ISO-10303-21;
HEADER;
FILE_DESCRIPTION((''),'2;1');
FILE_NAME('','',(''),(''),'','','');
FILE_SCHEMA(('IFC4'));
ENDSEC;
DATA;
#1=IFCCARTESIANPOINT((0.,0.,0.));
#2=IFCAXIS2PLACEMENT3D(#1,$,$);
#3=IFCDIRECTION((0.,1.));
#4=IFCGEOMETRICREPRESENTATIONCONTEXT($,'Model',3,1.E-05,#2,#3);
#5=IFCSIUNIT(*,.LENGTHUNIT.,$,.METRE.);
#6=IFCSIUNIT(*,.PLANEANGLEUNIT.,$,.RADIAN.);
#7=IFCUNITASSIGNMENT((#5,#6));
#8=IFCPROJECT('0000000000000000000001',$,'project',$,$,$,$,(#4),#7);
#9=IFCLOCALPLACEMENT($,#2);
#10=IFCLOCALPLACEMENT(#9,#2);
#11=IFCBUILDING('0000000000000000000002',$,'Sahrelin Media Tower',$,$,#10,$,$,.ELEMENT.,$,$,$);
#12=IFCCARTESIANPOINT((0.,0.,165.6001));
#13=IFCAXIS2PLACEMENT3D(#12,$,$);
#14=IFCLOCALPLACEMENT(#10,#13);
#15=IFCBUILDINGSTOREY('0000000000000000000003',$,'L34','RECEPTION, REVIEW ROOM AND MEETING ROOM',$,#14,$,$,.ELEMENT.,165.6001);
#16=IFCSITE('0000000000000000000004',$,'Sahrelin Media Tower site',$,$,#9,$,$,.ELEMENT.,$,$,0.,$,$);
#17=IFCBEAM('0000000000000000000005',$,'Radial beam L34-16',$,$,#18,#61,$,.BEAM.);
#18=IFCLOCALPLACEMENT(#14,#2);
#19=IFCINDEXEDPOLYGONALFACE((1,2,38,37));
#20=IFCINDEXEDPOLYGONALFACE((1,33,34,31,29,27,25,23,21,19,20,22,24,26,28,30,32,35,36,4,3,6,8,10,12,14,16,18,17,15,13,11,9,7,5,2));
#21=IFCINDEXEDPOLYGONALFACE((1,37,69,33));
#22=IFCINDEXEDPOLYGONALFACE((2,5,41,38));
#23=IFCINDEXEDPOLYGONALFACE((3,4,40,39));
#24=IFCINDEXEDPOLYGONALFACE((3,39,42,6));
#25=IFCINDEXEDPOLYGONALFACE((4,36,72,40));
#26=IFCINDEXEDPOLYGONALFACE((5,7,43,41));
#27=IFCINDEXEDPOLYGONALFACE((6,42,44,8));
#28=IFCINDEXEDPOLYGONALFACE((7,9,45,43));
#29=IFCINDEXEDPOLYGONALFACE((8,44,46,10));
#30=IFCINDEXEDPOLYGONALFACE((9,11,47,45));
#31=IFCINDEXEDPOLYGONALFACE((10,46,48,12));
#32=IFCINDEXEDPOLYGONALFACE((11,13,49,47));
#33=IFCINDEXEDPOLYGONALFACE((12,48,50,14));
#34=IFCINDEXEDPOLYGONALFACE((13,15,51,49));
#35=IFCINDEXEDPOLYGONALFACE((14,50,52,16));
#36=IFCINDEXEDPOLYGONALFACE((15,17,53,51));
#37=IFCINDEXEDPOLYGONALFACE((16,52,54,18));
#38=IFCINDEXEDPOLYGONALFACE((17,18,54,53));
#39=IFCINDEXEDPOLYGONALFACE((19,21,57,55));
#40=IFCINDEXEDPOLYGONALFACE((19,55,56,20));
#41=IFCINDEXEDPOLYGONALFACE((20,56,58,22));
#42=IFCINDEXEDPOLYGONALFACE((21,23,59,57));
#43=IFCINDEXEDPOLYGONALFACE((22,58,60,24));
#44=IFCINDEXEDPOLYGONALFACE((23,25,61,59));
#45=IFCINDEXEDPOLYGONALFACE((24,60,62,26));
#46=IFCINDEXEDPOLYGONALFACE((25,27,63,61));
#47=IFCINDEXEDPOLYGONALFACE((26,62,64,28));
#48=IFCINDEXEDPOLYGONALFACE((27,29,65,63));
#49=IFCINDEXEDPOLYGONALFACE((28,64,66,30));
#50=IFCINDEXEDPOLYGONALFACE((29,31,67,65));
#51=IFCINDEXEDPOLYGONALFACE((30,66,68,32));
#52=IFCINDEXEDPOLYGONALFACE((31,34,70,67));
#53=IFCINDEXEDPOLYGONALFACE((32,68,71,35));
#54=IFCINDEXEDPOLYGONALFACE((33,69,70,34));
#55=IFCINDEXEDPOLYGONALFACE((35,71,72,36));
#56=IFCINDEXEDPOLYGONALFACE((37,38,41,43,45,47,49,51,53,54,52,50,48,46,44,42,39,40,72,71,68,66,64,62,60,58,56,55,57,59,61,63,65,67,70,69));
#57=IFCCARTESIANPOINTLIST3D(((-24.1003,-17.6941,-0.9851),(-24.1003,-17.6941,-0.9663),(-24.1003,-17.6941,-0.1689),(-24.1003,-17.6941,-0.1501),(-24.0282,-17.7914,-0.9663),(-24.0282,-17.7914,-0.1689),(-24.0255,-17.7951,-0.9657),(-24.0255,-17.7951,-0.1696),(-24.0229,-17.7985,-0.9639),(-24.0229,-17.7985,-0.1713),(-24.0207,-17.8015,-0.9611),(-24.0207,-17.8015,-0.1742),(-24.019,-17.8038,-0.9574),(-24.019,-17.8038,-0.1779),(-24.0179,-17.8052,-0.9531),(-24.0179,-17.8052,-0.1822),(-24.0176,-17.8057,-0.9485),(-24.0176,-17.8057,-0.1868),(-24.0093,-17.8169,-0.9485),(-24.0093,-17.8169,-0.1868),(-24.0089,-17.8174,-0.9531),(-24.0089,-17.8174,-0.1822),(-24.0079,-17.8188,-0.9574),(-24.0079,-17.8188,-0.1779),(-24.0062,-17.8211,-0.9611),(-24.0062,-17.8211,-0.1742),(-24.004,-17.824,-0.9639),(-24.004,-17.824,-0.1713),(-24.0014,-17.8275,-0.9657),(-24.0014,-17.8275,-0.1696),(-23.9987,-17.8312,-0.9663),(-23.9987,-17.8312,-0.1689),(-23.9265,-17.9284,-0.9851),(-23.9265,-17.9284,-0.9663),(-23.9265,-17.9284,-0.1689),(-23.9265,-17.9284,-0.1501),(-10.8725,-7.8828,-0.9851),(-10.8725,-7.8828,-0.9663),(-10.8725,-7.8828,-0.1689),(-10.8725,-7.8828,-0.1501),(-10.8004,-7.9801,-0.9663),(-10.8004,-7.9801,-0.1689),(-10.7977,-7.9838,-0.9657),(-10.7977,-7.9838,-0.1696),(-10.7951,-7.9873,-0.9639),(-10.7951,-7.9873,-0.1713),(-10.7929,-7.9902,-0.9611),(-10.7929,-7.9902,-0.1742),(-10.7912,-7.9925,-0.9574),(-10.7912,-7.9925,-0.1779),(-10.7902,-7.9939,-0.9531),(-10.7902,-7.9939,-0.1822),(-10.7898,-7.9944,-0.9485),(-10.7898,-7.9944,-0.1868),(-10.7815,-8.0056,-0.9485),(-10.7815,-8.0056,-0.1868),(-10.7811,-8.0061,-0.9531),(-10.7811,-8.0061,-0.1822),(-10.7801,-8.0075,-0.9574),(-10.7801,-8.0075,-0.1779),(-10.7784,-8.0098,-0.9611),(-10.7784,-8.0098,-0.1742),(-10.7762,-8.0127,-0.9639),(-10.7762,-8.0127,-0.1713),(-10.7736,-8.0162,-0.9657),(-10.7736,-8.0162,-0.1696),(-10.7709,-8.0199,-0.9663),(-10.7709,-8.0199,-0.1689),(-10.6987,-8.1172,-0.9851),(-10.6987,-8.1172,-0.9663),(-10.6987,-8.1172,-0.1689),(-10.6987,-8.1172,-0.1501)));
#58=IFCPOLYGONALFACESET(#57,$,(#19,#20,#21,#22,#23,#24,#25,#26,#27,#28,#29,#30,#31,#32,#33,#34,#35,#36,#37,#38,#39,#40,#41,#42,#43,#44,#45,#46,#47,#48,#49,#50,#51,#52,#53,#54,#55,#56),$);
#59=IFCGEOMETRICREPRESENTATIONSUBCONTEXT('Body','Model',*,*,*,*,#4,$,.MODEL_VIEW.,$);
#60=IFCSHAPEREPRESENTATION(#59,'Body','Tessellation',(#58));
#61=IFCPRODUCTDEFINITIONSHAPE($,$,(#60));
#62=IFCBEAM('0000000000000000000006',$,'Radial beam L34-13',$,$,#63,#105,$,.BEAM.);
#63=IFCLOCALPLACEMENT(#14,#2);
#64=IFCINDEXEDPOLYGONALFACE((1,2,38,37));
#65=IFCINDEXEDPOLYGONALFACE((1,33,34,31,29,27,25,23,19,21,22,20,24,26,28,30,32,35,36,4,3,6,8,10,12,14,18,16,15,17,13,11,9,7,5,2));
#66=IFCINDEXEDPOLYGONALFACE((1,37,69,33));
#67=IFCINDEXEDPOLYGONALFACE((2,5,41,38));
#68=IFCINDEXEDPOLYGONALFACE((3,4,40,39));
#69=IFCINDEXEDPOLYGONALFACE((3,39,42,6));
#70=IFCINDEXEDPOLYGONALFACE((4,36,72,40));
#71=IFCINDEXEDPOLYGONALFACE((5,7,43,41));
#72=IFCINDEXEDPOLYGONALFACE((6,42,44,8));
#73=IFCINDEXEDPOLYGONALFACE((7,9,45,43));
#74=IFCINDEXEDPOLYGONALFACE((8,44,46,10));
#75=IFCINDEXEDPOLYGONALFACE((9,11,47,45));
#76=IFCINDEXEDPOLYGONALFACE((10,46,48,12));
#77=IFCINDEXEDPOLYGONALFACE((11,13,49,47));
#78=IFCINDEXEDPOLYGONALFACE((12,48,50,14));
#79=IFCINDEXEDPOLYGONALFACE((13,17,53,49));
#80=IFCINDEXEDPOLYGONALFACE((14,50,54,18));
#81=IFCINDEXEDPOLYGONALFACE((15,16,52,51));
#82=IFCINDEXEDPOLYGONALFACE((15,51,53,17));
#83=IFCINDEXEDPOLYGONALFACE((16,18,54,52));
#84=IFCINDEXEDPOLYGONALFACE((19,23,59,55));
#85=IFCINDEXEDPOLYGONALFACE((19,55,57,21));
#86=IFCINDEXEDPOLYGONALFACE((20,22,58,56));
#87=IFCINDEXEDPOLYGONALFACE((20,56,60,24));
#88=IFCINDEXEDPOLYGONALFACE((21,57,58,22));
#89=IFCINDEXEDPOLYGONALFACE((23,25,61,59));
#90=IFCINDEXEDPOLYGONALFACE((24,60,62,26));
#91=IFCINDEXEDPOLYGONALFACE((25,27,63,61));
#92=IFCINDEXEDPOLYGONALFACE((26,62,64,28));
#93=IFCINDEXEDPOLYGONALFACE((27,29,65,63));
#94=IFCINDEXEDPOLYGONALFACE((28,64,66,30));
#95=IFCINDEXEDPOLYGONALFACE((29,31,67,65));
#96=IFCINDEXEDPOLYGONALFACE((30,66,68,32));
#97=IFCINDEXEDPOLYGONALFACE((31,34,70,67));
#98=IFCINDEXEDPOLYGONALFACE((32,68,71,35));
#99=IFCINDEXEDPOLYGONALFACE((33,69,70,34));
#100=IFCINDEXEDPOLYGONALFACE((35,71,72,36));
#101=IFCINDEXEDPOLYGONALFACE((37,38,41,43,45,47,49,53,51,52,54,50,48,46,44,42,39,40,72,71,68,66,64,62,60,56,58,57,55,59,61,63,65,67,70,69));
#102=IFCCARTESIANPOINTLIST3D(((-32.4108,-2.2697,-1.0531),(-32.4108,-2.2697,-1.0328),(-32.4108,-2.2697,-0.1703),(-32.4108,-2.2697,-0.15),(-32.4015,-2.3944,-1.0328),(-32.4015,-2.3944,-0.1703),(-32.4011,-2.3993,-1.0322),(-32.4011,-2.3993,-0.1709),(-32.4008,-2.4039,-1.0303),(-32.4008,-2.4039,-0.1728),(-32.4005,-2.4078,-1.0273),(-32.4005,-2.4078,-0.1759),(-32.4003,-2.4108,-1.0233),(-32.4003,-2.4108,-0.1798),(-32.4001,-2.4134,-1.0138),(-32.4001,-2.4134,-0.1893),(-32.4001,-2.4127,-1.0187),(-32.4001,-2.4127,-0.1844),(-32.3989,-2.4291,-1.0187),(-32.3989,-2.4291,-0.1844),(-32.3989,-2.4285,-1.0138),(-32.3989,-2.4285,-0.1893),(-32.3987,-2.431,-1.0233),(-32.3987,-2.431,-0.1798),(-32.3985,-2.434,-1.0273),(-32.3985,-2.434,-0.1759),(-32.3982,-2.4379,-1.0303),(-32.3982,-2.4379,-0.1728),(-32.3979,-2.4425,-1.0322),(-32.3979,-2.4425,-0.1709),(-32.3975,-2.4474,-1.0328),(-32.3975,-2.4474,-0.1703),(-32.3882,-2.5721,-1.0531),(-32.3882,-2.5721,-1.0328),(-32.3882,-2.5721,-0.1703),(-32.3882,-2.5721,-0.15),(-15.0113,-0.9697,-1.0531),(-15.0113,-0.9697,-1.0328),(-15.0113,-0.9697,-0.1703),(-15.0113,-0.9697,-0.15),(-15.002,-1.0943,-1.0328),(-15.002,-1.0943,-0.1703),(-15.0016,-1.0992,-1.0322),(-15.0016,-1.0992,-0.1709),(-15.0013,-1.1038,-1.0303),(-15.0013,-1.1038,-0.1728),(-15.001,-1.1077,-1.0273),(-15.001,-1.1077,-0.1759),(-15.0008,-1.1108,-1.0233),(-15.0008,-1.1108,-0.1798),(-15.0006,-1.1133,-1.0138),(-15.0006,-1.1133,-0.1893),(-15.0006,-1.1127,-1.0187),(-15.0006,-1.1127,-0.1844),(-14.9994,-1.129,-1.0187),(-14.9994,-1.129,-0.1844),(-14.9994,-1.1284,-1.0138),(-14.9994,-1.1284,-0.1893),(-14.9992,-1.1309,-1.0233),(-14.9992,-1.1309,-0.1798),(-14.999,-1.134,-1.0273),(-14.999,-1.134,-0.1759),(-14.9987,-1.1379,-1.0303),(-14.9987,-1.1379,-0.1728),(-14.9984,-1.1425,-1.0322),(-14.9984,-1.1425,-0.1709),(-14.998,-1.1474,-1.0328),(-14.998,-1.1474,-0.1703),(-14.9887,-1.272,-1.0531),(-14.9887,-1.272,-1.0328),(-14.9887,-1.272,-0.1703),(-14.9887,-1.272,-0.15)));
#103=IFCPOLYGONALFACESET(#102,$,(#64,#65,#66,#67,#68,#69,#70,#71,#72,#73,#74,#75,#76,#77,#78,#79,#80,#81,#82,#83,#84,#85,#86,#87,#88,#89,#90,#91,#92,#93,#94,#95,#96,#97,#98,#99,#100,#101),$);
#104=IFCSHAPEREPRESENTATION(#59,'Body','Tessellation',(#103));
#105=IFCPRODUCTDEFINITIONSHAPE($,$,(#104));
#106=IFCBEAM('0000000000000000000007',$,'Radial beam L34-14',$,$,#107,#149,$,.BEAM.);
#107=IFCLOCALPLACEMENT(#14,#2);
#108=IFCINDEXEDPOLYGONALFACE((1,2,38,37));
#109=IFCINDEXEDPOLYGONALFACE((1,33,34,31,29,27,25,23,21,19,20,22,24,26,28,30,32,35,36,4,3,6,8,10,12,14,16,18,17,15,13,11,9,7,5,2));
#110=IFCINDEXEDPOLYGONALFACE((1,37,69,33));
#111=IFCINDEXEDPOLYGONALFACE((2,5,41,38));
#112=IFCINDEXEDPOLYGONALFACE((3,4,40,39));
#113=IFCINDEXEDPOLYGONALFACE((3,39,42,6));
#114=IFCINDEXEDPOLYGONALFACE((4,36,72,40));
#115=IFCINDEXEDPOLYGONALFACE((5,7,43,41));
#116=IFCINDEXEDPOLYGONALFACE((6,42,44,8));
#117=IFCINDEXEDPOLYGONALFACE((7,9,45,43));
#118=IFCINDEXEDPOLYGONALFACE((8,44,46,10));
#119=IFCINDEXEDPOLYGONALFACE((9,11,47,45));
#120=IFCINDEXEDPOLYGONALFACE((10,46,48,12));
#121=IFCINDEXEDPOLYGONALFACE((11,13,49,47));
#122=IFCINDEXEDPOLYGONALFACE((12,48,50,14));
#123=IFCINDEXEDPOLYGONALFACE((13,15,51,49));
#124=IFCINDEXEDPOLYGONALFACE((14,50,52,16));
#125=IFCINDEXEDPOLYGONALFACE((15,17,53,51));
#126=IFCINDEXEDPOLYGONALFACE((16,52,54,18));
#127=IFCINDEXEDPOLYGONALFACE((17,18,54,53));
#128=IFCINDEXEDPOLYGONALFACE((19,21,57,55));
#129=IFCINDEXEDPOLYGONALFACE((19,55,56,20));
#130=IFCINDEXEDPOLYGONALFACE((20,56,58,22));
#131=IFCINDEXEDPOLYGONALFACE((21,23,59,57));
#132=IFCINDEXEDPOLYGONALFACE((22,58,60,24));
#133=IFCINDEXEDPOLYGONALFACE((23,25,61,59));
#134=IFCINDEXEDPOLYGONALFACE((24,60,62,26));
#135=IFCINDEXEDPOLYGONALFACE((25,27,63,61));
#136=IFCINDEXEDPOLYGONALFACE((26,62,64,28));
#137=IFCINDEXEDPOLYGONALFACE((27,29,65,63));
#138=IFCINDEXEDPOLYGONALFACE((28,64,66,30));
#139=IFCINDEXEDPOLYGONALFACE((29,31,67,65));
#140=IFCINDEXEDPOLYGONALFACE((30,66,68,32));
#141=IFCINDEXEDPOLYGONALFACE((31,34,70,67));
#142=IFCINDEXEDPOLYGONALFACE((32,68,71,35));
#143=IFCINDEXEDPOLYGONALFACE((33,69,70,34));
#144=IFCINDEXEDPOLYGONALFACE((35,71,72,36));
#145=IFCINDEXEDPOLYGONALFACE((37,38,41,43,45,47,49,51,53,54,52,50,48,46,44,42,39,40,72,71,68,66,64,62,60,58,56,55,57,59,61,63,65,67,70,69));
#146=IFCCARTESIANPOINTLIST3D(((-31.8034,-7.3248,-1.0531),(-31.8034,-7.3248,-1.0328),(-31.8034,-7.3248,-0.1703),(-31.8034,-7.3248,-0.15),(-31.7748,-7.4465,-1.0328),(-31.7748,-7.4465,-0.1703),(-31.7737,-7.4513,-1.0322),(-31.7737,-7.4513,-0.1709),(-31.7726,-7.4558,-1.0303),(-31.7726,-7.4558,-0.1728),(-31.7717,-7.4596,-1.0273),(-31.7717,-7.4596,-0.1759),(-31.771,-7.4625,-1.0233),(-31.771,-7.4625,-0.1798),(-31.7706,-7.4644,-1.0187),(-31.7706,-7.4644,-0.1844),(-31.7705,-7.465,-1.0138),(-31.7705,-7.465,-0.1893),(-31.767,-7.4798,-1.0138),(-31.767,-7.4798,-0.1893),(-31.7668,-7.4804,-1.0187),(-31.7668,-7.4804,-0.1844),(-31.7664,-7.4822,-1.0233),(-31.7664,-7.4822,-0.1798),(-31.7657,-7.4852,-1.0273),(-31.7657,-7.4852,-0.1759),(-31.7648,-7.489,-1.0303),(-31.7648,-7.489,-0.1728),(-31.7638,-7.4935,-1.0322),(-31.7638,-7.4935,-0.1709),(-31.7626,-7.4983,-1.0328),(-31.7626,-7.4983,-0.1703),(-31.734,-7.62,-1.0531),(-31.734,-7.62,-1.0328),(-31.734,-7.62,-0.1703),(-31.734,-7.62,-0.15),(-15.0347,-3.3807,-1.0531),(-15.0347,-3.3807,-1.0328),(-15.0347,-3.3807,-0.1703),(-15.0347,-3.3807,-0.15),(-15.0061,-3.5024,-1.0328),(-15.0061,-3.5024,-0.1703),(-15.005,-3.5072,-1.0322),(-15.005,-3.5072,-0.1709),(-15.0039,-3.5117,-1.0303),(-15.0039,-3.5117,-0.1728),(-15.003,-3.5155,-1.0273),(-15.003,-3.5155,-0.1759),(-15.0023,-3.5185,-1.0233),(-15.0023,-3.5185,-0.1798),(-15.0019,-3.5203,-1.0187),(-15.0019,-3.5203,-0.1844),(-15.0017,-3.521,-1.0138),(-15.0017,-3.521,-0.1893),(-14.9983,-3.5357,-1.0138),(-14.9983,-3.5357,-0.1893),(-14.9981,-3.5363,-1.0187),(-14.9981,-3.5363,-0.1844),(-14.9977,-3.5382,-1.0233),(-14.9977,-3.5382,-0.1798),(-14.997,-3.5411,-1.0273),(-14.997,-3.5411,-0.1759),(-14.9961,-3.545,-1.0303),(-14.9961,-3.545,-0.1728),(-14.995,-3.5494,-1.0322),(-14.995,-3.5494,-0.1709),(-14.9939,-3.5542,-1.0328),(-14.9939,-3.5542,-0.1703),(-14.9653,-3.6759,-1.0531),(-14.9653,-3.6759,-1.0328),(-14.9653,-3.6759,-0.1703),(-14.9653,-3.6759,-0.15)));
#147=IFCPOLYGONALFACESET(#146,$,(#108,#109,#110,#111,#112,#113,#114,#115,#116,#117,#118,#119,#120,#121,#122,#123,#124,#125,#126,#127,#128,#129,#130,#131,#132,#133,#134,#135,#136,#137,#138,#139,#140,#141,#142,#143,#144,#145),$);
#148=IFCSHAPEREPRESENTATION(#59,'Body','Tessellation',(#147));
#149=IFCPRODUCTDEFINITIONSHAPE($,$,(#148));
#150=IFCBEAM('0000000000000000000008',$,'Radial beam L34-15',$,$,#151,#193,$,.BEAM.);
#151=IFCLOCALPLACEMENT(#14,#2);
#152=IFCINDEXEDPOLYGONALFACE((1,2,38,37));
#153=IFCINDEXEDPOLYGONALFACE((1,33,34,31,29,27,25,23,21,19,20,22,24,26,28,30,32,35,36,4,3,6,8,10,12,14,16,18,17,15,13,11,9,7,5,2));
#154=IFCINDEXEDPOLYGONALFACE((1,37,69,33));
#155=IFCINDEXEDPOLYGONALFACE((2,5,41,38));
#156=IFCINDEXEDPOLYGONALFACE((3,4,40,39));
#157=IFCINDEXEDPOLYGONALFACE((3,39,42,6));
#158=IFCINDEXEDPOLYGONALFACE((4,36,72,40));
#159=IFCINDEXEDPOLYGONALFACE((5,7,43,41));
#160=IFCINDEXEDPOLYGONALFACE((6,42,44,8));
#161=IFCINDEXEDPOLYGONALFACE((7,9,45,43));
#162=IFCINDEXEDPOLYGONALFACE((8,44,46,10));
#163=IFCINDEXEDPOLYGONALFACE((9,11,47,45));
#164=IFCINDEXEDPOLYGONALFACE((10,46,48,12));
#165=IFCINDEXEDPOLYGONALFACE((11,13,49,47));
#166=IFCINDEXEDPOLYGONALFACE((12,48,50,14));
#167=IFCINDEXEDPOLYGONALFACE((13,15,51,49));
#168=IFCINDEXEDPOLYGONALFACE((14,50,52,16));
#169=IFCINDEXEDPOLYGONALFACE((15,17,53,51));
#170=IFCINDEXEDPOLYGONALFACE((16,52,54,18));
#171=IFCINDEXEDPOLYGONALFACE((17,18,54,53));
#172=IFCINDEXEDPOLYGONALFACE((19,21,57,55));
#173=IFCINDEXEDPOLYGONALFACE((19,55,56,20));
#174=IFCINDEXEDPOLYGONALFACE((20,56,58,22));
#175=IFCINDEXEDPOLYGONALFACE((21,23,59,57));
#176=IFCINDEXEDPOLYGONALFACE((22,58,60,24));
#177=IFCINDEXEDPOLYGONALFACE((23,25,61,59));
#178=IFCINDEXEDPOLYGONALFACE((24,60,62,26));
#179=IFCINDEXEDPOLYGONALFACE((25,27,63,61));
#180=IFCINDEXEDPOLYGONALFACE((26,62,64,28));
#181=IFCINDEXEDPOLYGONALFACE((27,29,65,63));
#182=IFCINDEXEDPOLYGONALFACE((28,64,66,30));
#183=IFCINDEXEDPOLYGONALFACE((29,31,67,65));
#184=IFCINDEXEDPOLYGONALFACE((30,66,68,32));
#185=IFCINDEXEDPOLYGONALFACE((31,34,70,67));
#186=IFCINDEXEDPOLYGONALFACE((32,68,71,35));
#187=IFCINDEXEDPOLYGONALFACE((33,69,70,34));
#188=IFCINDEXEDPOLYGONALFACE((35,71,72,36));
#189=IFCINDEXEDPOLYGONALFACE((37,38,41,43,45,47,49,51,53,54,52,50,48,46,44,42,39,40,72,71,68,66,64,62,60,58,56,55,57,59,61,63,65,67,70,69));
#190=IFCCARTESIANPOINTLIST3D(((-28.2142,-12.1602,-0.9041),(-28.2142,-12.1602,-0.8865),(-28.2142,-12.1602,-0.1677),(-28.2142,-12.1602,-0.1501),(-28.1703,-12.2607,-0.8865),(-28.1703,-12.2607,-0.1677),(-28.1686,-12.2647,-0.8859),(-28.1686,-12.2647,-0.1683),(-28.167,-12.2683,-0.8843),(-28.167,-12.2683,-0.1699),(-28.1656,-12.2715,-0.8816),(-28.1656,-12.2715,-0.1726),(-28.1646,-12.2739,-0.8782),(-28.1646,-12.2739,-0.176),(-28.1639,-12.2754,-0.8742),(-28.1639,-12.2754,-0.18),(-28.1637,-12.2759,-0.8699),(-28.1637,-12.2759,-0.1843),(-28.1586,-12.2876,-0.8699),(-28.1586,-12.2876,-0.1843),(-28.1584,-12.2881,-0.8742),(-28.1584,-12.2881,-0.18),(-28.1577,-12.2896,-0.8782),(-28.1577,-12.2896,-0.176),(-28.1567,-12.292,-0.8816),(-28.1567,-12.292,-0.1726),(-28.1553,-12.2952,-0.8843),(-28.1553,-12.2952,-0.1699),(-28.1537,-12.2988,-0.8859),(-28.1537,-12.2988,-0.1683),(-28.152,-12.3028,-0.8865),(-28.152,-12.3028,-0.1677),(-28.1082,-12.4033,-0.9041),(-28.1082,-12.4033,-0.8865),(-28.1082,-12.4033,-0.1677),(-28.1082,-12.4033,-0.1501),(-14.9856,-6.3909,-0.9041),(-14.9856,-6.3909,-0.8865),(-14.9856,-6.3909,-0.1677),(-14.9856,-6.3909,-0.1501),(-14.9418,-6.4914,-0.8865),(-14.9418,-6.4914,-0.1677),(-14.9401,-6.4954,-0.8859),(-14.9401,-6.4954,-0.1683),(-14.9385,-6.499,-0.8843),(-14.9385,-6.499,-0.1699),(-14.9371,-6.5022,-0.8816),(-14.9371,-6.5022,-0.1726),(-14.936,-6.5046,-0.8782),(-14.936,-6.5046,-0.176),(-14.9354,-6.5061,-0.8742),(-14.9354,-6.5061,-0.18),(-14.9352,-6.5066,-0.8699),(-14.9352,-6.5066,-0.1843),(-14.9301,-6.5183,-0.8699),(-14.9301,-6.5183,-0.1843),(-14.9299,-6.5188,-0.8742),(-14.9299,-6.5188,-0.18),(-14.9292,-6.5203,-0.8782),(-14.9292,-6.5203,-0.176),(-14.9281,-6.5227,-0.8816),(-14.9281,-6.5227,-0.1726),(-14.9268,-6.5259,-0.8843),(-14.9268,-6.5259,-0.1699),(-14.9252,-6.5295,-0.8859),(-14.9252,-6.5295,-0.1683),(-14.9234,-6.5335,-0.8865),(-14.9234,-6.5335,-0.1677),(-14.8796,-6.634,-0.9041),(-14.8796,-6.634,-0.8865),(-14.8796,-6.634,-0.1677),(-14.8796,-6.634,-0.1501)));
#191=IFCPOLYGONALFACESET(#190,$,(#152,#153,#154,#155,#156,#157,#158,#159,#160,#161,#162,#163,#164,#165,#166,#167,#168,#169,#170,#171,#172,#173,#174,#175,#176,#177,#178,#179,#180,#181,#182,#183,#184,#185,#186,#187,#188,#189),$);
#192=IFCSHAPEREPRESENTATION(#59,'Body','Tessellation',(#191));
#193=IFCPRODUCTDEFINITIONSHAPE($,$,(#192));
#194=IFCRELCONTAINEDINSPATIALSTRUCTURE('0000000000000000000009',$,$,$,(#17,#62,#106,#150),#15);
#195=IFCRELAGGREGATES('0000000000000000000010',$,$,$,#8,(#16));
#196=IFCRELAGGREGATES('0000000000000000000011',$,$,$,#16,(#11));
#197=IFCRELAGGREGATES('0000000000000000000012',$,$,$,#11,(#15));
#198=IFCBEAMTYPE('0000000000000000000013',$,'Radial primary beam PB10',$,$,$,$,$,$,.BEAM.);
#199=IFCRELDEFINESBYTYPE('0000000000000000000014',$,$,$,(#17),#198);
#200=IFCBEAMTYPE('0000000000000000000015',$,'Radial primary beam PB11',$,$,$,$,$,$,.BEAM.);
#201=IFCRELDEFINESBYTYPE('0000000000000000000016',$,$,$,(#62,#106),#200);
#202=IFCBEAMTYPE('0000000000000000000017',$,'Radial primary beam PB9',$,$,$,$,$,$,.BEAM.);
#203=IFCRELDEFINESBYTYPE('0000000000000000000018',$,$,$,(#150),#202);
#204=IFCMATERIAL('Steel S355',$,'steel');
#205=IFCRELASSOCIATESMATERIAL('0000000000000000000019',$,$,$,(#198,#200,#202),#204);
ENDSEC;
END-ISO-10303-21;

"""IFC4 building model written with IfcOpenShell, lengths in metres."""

from ifc_helpers import new_model, si_unit, direction, frame, origin, origin_2d, place, context, subcontext, project, spatial, i_section, extrude, material, material_profile, profile_set, type_object, element, save


model = new_model("IFC4")

# Units and contexts
model_context = context("Model", 3, precision=1e-05, world=origin(), true_north=direction((0.0, 1.0)))
body_context = subcontext(model_context, "Body", "Model", "MODEL_VIEW")
ifc_project = project(units=[si_unit("LENGTHUNIT", "METRE"), si_unit("PLANEANGLEUNIT", "RADIAN")], contexts=[model_context])

# Site, building, storey
site_placement = place(None, origin())
site = spatial("IfcSite", under=ifc_project, at=site_placement, Name="Sahrelin Media Tower site", CompositionType="ELEMENT", RefElevation=0.0)
building_placement = place(site_placement, origin())
building = spatial("IfcBuilding", under=site, at=building_placement, Name="Sahrelin Media Tower", CompositionType="ELEMENT")
storey_placement = place(building_placement, frame((0.0, 0.0, 165.6001)))
storey = spatial("IfcBuildingStorey", under=building, at=storey_placement, Name="L34", Description="RECEPTION, REVIEW ROOM AND MEETING ROOM", CompositionType="ELEMENT", Elevation=165.6001)

# Beams
ifc_material_1 = material(Name="Steel S355", Category="steel")
ifc_material_profile_1 = material_profile(ifc_material_1, i_section(OverallWidth=0.2917, OverallDepth=0.835, WebThickness=0.0139, FlangeThickness=0.0188, FilletRadius=0.0178, at=origin_2d()), Name="UB 838x292x176")
ifc_profile_set_1 = profile_set([ifc_material_profile_1], Name="Steel S355")
beam_type_1 = type_object("IfcBeamType", Name="Radial primary beam PB10", PredefinedType="BEAM", material=ifc_profile_set_1)
beam_1_placement = place(storey_placement, frame((-10.7856, -8.0, -0.5676), z_axis=(-0.803182, -0.595734, 0.0), x_axis=(0.595734, -0.803182, 0.0)))
element("IfcBeam", 1, at=beam_1_placement, inside=storey, type_object=beam_type_1, Name="Radial beam L34-16", PredefinedType="BEAM", context=body_context, shape_type="SweptSolid", body=[
    extrude(i_section(OverallWidth=0.2917, OverallDepth=0.835, WebThickness=0.0139, FlangeThickness=0.0188, FilletRadius=0.0178, at=origin_2d()), origin(), (0.0, 0.0, 1.0), 16.4692),
])
ifc_material_profile_2 = material_profile(ifc_material_1, i_section(OverallWidth=0.3032, OverallDepth=0.9031, WebThickness=0.0151, FlangeThickness=0.0203, FilletRadius=0.019, at=origin_2d()), Name="UB 914x305x201")
ifc_profile_set_2 = profile_set([ifc_material_profile_2], Name="Steel S355")
beam_type_2 = type_object("IfcBeamType", Name="Radial primary beam PB11", PredefinedType="BEAM", material=ifc_profile_set_2)
beam_2_placement = place(storey_placement, frame((-15.0, -1.1208, -0.6016), z_axis=(-0.99722, -0.07451, 0.0), x_axis=(0.07451, -0.99722, 0.0)))
element("IfcBeam", 2, at=beam_2_placement, inside=storey, type_object=beam_type_2, Name="Radial beam L34-13", PredefinedType="BEAM", context=body_context, shape_type="SweptSolid", body=[
    extrude(i_section(OverallWidth=0.3032, OverallDepth=0.9031, WebThickness=0.0151, FlangeThickness=0.0203, FilletRadius=0.019, at=origin_2d()), origin(), (0.0, 0.0, 1.0), 17.448),
])
beam_3_placement = place(storey_placement, frame((-15.0, -3.5283, -0.6016), z_axis=(-0.973437, -0.228956, 0.0), x_axis=(0.228956, -0.973437, 0.0)))
element("IfcBeam", 3, at=beam_3_placement, inside=storey, type_object=beam_type_2, Name="Radial beam L34-14", PredefinedType="BEAM", context=body_context, shape_type="SweptSolid", body=[
    extrude(i_section(OverallWidth=0.3032, OverallDepth=0.9031, WebThickness=0.0151, FlangeThickness=0.0203, FilletRadius=0.019, at=origin_2d()), origin(), (0.0, 0.0, 1.0), 17.2263),
])
ifc_material_profile_3 = material_profile(ifc_material_1, i_section(OverallWidth=0.2651, OverallDepth=0.7539, WebThickness=0.0127, FlangeThickness=0.0176, FilletRadius=0.0166, at=origin_2d()), Name="UB 762x267x147")
ifc_profile_set_3 = profile_set([ifc_material_profile_3], Name="Steel S355")
beam_type_3 = type_object("IfcBeamType", Name="Radial primary beam PB9", PredefinedType="BEAM", material=ifc_profile_set_3)
beam_4_placement = place(storey_placement, frame((-14.9326, -6.5125, -0.5271), z_axis=(-0.91662, -0.399761, 0.0), x_axis=(0.399761, -0.91662, 0.0)))
element("IfcBeam", 4, at=beam_4_placement, inside=storey, type_object=beam_type_3, Name="Radial beam L34-15", PredefinedType="BEAM", context=body_context, shape_type="SweptSolid", body=[
    extrude(i_section(OverallWidth=0.2651, OverallDepth=0.7539, WebThickness=0.0127, FlangeThickness=0.0176, FilletRadius=0.0166, at=origin_2d()), origin(), (0.0, 0.0, 1.0), 14.4319),
])

save(model, "model.ifc")
